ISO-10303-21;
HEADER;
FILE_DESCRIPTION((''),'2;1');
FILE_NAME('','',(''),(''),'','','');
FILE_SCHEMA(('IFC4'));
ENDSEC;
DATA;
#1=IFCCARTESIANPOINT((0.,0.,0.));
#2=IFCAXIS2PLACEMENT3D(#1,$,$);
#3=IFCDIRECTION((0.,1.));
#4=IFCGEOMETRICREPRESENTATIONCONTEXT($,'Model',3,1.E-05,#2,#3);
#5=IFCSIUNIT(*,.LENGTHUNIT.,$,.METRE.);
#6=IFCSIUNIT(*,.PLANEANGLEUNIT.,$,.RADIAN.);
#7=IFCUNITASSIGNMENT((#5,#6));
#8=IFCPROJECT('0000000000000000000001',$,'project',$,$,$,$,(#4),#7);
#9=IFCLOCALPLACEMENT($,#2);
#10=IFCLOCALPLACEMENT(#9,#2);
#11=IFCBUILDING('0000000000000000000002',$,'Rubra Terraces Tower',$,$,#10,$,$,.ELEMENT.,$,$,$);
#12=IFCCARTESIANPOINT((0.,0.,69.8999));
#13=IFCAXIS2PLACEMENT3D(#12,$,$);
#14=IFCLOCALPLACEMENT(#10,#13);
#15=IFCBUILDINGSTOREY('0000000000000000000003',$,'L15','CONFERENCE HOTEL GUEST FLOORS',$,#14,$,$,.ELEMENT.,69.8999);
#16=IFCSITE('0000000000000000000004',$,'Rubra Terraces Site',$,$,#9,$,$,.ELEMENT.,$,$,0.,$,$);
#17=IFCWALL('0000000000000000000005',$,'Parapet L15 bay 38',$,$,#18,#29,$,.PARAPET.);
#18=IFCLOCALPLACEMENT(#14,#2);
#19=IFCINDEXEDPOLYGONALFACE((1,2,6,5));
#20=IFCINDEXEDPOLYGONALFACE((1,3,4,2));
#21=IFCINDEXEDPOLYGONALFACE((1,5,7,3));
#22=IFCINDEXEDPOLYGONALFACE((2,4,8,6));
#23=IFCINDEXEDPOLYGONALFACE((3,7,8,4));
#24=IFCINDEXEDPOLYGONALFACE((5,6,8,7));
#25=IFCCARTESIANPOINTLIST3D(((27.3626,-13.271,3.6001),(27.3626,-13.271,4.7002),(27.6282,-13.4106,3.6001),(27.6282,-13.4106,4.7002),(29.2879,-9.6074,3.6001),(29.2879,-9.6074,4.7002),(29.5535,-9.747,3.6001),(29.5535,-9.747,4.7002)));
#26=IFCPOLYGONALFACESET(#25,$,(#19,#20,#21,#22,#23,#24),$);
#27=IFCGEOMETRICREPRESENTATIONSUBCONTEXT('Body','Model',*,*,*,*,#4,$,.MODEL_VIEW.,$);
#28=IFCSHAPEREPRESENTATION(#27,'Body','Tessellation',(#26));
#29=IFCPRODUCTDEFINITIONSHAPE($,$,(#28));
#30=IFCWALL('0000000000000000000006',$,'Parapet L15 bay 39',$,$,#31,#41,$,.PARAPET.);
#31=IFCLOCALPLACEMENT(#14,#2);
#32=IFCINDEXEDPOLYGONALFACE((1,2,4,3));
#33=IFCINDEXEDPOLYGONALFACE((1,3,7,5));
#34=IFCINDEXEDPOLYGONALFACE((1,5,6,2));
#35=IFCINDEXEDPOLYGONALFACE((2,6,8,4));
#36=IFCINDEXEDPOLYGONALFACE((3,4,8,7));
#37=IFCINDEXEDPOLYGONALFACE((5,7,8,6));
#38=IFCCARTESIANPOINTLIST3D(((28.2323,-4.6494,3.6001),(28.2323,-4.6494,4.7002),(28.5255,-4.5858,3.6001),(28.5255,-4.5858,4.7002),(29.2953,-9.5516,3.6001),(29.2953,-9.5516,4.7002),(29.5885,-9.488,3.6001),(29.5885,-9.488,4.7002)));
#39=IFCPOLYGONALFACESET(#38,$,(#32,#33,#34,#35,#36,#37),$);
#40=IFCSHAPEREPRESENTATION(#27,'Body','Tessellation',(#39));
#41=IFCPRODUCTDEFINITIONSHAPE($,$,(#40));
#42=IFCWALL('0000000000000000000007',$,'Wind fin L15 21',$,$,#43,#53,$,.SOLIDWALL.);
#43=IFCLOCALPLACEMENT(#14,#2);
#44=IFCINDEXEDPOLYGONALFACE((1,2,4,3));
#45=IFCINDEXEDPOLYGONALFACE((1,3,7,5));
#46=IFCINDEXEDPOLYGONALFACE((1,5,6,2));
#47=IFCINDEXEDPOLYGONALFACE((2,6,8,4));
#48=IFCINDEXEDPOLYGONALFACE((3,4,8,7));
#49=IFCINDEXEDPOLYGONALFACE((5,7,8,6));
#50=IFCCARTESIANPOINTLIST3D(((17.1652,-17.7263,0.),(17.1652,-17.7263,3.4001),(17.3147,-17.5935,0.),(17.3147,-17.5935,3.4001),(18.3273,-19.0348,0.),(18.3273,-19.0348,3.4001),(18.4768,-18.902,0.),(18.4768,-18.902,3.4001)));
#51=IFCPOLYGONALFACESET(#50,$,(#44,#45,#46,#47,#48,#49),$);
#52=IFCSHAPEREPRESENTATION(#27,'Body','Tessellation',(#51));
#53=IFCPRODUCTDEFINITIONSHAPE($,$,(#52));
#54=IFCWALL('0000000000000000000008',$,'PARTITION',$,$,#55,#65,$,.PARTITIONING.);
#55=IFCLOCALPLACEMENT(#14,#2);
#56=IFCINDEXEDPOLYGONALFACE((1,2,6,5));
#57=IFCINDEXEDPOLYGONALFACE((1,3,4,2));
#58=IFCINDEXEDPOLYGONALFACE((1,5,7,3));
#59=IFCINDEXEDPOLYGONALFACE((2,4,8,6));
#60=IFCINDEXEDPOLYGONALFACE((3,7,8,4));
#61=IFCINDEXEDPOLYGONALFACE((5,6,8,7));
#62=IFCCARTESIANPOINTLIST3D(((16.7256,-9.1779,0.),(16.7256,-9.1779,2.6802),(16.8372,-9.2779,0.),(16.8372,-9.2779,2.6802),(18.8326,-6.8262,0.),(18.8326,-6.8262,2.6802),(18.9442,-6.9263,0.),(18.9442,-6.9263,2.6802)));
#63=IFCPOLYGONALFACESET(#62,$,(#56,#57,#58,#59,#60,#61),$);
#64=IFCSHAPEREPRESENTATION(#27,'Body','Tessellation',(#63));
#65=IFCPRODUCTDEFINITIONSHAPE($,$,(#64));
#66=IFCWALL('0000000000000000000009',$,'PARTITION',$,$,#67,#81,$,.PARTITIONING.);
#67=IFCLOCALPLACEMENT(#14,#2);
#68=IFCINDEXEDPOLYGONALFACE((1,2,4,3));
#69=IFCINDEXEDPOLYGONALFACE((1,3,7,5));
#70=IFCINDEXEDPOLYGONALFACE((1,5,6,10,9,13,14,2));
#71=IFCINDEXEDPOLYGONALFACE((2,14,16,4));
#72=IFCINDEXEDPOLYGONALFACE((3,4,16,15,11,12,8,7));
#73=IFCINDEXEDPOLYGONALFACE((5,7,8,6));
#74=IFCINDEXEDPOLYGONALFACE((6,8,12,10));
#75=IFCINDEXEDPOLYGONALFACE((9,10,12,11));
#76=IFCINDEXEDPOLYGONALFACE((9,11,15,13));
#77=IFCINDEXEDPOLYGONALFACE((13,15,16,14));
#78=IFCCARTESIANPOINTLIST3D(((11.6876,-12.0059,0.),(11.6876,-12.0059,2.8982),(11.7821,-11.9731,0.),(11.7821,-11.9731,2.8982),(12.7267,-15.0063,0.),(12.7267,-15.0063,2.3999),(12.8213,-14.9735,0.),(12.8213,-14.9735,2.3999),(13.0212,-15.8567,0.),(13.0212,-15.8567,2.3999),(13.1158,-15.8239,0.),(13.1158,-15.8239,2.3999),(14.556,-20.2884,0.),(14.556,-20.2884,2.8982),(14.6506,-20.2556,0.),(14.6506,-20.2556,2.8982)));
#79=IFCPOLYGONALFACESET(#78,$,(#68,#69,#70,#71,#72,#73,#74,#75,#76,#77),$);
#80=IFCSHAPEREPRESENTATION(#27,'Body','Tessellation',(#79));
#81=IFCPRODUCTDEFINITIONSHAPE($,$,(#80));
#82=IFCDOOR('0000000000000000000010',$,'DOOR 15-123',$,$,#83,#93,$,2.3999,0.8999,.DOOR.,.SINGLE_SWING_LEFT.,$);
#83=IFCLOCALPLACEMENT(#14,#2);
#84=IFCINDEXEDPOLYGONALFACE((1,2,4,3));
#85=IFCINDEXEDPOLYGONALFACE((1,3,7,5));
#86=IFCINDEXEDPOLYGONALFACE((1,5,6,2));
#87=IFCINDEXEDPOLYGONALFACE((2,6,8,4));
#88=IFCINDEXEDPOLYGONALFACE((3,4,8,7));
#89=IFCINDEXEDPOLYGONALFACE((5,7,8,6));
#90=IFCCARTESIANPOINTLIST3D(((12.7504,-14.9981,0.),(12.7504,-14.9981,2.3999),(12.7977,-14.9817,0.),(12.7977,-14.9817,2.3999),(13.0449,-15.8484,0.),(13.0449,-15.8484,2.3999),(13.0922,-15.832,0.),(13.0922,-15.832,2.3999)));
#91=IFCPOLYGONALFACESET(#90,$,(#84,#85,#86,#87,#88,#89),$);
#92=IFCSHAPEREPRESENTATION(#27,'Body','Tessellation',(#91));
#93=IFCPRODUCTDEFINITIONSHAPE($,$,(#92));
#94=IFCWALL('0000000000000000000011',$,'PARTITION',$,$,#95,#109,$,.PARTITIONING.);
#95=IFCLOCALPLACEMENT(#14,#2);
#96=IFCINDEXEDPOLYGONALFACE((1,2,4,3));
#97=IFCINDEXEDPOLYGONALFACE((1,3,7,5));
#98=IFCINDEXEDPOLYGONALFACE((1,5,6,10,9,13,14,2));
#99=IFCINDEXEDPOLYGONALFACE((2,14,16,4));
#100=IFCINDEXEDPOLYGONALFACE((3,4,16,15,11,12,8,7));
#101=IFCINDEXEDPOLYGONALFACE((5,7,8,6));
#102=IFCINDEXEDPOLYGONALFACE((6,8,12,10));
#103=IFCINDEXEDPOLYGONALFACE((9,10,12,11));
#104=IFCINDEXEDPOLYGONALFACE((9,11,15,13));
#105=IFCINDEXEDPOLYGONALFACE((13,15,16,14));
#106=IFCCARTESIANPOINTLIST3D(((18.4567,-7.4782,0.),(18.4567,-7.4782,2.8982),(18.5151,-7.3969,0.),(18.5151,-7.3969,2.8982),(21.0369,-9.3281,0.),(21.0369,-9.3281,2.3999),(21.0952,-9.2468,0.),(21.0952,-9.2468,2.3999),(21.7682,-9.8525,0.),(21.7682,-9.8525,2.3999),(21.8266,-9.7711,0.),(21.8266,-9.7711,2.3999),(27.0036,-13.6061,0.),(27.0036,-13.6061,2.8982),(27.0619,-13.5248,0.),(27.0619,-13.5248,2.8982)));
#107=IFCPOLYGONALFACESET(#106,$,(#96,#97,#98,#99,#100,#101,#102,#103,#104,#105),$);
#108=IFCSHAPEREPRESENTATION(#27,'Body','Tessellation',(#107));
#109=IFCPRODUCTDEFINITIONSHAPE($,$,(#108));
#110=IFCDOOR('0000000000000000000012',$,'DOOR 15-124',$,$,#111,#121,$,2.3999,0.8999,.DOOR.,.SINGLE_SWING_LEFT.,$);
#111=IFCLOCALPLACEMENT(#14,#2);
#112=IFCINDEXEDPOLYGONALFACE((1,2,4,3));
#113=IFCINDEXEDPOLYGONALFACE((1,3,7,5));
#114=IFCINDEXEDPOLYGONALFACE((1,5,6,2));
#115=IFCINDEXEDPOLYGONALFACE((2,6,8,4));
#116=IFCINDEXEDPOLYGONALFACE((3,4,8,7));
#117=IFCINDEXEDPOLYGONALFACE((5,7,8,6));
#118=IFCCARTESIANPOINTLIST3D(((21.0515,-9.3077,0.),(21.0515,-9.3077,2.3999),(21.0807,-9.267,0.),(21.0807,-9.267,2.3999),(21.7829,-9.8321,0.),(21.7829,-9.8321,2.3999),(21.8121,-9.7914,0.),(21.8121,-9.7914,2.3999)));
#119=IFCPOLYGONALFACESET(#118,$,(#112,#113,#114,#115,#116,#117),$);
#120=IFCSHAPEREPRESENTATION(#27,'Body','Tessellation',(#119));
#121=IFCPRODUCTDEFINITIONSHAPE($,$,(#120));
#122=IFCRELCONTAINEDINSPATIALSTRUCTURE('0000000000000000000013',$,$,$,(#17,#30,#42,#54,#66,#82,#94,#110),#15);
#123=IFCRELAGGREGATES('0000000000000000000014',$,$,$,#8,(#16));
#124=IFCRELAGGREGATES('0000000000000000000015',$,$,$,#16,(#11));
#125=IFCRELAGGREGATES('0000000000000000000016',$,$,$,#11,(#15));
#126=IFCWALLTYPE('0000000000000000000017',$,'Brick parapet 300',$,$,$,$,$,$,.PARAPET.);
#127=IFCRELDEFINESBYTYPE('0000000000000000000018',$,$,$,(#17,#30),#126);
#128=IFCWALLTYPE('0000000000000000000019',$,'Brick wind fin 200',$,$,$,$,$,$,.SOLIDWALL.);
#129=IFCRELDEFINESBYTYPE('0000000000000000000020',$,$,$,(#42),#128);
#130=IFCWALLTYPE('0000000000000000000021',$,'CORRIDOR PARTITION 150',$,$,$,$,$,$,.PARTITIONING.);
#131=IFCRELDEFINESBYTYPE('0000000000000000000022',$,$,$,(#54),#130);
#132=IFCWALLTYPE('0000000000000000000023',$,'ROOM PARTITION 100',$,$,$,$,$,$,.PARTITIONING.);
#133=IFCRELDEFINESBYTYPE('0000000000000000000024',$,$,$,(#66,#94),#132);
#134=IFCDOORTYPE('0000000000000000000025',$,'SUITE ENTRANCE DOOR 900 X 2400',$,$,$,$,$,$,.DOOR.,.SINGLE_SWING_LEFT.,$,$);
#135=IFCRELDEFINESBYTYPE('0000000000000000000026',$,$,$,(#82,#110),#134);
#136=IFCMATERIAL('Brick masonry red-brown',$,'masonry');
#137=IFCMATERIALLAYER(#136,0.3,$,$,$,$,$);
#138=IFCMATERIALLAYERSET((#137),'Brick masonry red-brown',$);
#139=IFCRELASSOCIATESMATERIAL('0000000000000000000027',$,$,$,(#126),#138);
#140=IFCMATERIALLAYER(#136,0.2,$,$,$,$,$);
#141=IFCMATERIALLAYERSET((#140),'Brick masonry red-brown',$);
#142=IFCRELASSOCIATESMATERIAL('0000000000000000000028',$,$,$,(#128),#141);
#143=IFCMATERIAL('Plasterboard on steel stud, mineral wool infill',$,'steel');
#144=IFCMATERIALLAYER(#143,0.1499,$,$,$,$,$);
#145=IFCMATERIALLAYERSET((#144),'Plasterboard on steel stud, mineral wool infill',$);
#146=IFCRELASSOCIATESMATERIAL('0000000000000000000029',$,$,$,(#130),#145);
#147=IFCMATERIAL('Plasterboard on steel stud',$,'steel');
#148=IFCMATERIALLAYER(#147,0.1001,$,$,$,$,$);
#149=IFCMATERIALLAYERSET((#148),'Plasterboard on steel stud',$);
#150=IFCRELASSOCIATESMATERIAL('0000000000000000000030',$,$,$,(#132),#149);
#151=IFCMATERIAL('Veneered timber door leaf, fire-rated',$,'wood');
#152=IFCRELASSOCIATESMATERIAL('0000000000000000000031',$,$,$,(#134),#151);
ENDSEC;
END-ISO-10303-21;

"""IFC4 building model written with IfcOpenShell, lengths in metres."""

from ifc_helpers import new_model, si_unit, direction, frame, frame_2d, origin, place, context, subcontext, project, spatial, rectangle, extrude, material, layer, layer_set, type_object, element, fill, save


model = new_model("IFC4")

# Units and contexts
model_context = context("Model", 3, precision=1e-05, world=origin(), true_north=direction((0.0, 1.0)))
body_context = subcontext(model_context, "Body", "Model", "MODEL_VIEW")
ifc_project = project(units=[si_unit("LENGTHUNIT", "METRE"), si_unit("PLANEANGLEUNIT", "RADIAN")], contexts=[model_context])

# Site, building, storey
site_placement = place(None, origin())
site = spatial("IfcSite", under=ifc_project, at=site_placement, Name="Rubra Terraces Site", CompositionType="ELEMENT", RefElevation=0.0)
building_placement = place(site_placement, origin())
building = spatial("IfcBuilding", under=site, at=building_placement, Name="Rubra Terraces Tower", CompositionType="ELEMENT")
storey_placement = place(building_placement, frame((0.0, 0.0, 69.8999)))
storey = spatial("IfcBuildingStorey", under=building, at=storey_placement, Name="L15", Description="CONFERENCE HOTEL GUEST FLOORS", CompositionType="ELEMENT", Elevation=69.8999)

# Shared definitions
ifc_material_1 = material(Name="Brick masonry red-brown", Category="masonry")

# Walls
ifc_layer_1 = layer(ifc_material_1, 0.3)
ifc_layer_set_1 = layer_set([ifc_layer_1], Name="Brick masonry red-brown")
wall_type_1 = type_object("IfcWallType", Name="Brick parapet 300", PredefinedType="PARAPET", material=ifc_layer_set_1)
wall_1_placement = place(storey_placement, frame((27.4954, -13.3408, 3.6001), z_axis=(0.0, 0.0, 1.0), x_axis=(0.465197, 0.885207, 0.0)))
element("IfcWall", 1, at=wall_1_placement, inside=storey, type_object=wall_type_1, Name="Parapet L15 bay 38", PredefinedType="PARAPET", context=body_context, shape_type="SweptSolid", body=[
    extrude(rectangle(XDim=4.1387, YDim=0.3, at=frame_2d((2.0693, 0.0))), origin(), (0.0, 0.0, 1.0), 1.1001),
])
wall_2_placement = place(storey_placement, frame((29.4419, -9.5198, 3.6001), z_axis=(0.0, 0.0, 1.0), x_axis=(-0.211918, 0.977287, 0.0)))
element("IfcWall", 2, at=wall_2_placement, inside=storey, type_object=wall_type_1, Name="Parapet L15 bay 39", PredefinedType="PARAPET", context=body_context, shape_type="SweptSolid", body=[
    extrude(rectangle(XDim=5.0161, YDim=0.3, at=frame_2d((2.5081, 0.0))), origin(), (0.0, 0.0, 1.0), 1.1001),
])
ifc_layer_2 = layer(ifc_material_1, 0.2)
ifc_layer_set_2 = layer_set([ifc_layer_2], Name="Brick masonry red-brown")
wall_type_2 = type_object("IfcWallType", Name="Brick wind fin 200", PredefinedType="SOLIDWALL", material=ifc_layer_set_2)
wall_3_placement = place(storey_placement, frame((17.24, -17.6599, 0.0), z_axis=(0.0, 0.0, 1.0), x_axis=(0.664017, -0.747717, 0.0)))
element("IfcWall", 3, at=wall_3_placement, inside=storey, type_object=wall_type_2, Name="Wind fin L15 21", PredefinedType="SOLIDWALL", context=body_context, shape_type="SweptSolid", body=[
    extrude(rectangle(XDim=1.75, YDim=0.2, at=frame_2d((0.875, 0.0))), origin(), (0.0, 0.0, 1.0), 3.4001),
])
ifc_material_2 = material(Name="Plasterboard on steel stud, mineral wool infill", Category="steel")
ifc_layer_3 = layer(ifc_material_2, 0.1499)
ifc_layer_set_3 = layer_set([ifc_layer_3], Name="Plasterboard on steel stud, mineral wool infill")
wall_type_3 = type_object("IfcWallType", Name="CORRIDOR PARTITION 150", PredefinedType="PARTITIONING", material=ifc_layer_set_3)
wall_4_placement = place(storey_placement, frame((16.7815, -9.2278, 0.0), z_axis=(0.0, 0.0, 1.0), x_axis=(0.667306, 0.744784, 0.0)))
element("IfcWall", 4, at=wall_4_placement, inside=storey, type_object=wall_type_3, Name="PARTITION", PredefinedType="PARTITIONING", context=body_context, shape_type="SweptSolid", body=[
    extrude(rectangle(XDim=3.1575, YDim=0.1499, at=frame_2d((1.5786, 0.0))), origin(), (0.0, 0.0, 1.0), 2.6802),
])

# Walls, openings, doors
ifc_material_3 = material(Name="Plasterboard on steel stud", Category="steel")
ifc_layer_4 = layer(ifc_material_3, 0.1001)
ifc_layer_set_4 = layer_set([ifc_layer_4], Name="Plasterboard on steel stud")
wall_type_4 = type_object("IfcWallType", Name="ROOM PARTITION 100", PredefinedType="PARTITIONING", material=ifc_layer_set_4)
wall_5_placement = place(storey_placement, frame((14.6033, -20.272, 0.0), z_axis=(0.0, 0.0, 1.0), x_axis=(-0.327253, 0.944937, 0.0)))
wall_5 = element("IfcWall", 5, at=wall_5_placement, inside=storey, type_object=wall_type_4, Name="PARTITION", PredefinedType="PARTITIONING", context=body_context, shape_type="SweptSolid", body=[
    extrude(rectangle(XDim=8.7651, YDim=0.1001, at=frame_2d((4.3826, 0.0))), origin(), (0.0, 0.0, 1.0), 2.8982),
])
opening_1_placement = place(wall_5_placement, frame((4.6899, 0.0, 0.0)))
opening_1 = element("IfcOpeningElement", 6, at=opening_1_placement, cuts=wall_5, PredefinedType="OPENING", context=body_context, shape_type="SweptSolid", body=[
    extrude(rectangle(XDim=0.8999, YDim=2.3999, at=frame_2d((0.45, 1.2))), frame((0.0, 0.0601, 0.0), z_axis=(0.0, -1.0, 0.0), x_axis=(1.0, 0.0, 0.0)), (0.0, 0.0, 1.0), 0.1201),
])
ifc_material_4 = material(Name="Veneered timber door leaf, fire-rated", Category="wood")
door_type = type_object("IfcDoorType", Name="SUITE ENTRANCE DOOR 900 X 2400", OperationType="SINGLE_SWING_LEFT", PredefinedType="DOOR", material=ifc_material_4)
door_1_placement = place(opening_1_placement, origin())
door_1 = element("IfcDoor", 7, at=door_1_placement, inside=storey, type_object=door_type, Name="DOOR 15-123", OperationType="SINGLE_SWING_LEFT", OverallHeight=2.3999, OverallWidth=0.8999, PredefinedType="DOOR", context=body_context, shape_type="SweptSolid", body=[
    extrude(rectangle(XDim=0.8999, YDim=2.3999, at=frame_2d((0.45, 1.2))), frame((0.0, 0.0249, 0.0), z_axis=(0.0, -1.0, 0.0), x_axis=(1.0, 0.0, 0.0)), (0.0, 0.0, 1.0), 0.05),
])
fill(opening_1, door_1)
wall_6_placement = place(storey_placement, frame((27.0327, -13.5654, 0.0), z_axis=(0.0, 0.0, 1.0), x_axis=(-0.812697, 0.582687, 0.0)))
wall_6 = element("IfcWall", 8, at=wall_6_placement, inside=storey, type_object=wall_type_4, Name="PARTITION", PredefinedType="PARTITIONING", context=body_context, shape_type="SweptSolid", body=[
    extrude(rectangle(XDim=10.5166, YDim=0.1001, at=frame_2d((5.2583, 0.0))), origin(), (0.0, 0.0, 1.0), 2.8982),
])
opening_2_placement = place(wall_6_placement, frame((6.4419, 0.0, 0.0)))
opening_2 = element("IfcOpeningElement", 9, at=opening_2_placement, cuts=wall_6, PredefinedType="OPENING", context=body_context, shape_type="SweptSolid", body=[
    extrude(rectangle(XDim=0.8999, YDim=2.3999, at=frame_2d((0.45, 1.2))), frame((0.0, 0.0601, 0.0), z_axis=(0.0, -1.0, 0.0), x_axis=(1.0, 0.0, 0.0)), (0.0, 0.0, 1.0), 0.1201),
])
door_2_placement = place(opening_2_placement, origin())
door_2 = element("IfcDoor", 10, at=door_2_placement, inside=storey, type_object=door_type, Name="DOOR 15-124", OperationType="SINGLE_SWING_LEFT", OverallHeight=2.3999, OverallWidth=0.8999, PredefinedType="DOOR", context=body_context, shape_type="SweptSolid", body=[
    extrude(rectangle(XDim=0.8999, YDim=2.3999, at=frame_2d((0.45, 1.2))), frame((0.0, 0.0249, 0.0), z_axis=(0.0, -1.0, 0.0), x_axis=(1.0, 0.0, 0.0)), (0.0, 0.0, 1.0), 0.05),
])
fill(opening_2, door_2)

save(model, "model.ifc")
